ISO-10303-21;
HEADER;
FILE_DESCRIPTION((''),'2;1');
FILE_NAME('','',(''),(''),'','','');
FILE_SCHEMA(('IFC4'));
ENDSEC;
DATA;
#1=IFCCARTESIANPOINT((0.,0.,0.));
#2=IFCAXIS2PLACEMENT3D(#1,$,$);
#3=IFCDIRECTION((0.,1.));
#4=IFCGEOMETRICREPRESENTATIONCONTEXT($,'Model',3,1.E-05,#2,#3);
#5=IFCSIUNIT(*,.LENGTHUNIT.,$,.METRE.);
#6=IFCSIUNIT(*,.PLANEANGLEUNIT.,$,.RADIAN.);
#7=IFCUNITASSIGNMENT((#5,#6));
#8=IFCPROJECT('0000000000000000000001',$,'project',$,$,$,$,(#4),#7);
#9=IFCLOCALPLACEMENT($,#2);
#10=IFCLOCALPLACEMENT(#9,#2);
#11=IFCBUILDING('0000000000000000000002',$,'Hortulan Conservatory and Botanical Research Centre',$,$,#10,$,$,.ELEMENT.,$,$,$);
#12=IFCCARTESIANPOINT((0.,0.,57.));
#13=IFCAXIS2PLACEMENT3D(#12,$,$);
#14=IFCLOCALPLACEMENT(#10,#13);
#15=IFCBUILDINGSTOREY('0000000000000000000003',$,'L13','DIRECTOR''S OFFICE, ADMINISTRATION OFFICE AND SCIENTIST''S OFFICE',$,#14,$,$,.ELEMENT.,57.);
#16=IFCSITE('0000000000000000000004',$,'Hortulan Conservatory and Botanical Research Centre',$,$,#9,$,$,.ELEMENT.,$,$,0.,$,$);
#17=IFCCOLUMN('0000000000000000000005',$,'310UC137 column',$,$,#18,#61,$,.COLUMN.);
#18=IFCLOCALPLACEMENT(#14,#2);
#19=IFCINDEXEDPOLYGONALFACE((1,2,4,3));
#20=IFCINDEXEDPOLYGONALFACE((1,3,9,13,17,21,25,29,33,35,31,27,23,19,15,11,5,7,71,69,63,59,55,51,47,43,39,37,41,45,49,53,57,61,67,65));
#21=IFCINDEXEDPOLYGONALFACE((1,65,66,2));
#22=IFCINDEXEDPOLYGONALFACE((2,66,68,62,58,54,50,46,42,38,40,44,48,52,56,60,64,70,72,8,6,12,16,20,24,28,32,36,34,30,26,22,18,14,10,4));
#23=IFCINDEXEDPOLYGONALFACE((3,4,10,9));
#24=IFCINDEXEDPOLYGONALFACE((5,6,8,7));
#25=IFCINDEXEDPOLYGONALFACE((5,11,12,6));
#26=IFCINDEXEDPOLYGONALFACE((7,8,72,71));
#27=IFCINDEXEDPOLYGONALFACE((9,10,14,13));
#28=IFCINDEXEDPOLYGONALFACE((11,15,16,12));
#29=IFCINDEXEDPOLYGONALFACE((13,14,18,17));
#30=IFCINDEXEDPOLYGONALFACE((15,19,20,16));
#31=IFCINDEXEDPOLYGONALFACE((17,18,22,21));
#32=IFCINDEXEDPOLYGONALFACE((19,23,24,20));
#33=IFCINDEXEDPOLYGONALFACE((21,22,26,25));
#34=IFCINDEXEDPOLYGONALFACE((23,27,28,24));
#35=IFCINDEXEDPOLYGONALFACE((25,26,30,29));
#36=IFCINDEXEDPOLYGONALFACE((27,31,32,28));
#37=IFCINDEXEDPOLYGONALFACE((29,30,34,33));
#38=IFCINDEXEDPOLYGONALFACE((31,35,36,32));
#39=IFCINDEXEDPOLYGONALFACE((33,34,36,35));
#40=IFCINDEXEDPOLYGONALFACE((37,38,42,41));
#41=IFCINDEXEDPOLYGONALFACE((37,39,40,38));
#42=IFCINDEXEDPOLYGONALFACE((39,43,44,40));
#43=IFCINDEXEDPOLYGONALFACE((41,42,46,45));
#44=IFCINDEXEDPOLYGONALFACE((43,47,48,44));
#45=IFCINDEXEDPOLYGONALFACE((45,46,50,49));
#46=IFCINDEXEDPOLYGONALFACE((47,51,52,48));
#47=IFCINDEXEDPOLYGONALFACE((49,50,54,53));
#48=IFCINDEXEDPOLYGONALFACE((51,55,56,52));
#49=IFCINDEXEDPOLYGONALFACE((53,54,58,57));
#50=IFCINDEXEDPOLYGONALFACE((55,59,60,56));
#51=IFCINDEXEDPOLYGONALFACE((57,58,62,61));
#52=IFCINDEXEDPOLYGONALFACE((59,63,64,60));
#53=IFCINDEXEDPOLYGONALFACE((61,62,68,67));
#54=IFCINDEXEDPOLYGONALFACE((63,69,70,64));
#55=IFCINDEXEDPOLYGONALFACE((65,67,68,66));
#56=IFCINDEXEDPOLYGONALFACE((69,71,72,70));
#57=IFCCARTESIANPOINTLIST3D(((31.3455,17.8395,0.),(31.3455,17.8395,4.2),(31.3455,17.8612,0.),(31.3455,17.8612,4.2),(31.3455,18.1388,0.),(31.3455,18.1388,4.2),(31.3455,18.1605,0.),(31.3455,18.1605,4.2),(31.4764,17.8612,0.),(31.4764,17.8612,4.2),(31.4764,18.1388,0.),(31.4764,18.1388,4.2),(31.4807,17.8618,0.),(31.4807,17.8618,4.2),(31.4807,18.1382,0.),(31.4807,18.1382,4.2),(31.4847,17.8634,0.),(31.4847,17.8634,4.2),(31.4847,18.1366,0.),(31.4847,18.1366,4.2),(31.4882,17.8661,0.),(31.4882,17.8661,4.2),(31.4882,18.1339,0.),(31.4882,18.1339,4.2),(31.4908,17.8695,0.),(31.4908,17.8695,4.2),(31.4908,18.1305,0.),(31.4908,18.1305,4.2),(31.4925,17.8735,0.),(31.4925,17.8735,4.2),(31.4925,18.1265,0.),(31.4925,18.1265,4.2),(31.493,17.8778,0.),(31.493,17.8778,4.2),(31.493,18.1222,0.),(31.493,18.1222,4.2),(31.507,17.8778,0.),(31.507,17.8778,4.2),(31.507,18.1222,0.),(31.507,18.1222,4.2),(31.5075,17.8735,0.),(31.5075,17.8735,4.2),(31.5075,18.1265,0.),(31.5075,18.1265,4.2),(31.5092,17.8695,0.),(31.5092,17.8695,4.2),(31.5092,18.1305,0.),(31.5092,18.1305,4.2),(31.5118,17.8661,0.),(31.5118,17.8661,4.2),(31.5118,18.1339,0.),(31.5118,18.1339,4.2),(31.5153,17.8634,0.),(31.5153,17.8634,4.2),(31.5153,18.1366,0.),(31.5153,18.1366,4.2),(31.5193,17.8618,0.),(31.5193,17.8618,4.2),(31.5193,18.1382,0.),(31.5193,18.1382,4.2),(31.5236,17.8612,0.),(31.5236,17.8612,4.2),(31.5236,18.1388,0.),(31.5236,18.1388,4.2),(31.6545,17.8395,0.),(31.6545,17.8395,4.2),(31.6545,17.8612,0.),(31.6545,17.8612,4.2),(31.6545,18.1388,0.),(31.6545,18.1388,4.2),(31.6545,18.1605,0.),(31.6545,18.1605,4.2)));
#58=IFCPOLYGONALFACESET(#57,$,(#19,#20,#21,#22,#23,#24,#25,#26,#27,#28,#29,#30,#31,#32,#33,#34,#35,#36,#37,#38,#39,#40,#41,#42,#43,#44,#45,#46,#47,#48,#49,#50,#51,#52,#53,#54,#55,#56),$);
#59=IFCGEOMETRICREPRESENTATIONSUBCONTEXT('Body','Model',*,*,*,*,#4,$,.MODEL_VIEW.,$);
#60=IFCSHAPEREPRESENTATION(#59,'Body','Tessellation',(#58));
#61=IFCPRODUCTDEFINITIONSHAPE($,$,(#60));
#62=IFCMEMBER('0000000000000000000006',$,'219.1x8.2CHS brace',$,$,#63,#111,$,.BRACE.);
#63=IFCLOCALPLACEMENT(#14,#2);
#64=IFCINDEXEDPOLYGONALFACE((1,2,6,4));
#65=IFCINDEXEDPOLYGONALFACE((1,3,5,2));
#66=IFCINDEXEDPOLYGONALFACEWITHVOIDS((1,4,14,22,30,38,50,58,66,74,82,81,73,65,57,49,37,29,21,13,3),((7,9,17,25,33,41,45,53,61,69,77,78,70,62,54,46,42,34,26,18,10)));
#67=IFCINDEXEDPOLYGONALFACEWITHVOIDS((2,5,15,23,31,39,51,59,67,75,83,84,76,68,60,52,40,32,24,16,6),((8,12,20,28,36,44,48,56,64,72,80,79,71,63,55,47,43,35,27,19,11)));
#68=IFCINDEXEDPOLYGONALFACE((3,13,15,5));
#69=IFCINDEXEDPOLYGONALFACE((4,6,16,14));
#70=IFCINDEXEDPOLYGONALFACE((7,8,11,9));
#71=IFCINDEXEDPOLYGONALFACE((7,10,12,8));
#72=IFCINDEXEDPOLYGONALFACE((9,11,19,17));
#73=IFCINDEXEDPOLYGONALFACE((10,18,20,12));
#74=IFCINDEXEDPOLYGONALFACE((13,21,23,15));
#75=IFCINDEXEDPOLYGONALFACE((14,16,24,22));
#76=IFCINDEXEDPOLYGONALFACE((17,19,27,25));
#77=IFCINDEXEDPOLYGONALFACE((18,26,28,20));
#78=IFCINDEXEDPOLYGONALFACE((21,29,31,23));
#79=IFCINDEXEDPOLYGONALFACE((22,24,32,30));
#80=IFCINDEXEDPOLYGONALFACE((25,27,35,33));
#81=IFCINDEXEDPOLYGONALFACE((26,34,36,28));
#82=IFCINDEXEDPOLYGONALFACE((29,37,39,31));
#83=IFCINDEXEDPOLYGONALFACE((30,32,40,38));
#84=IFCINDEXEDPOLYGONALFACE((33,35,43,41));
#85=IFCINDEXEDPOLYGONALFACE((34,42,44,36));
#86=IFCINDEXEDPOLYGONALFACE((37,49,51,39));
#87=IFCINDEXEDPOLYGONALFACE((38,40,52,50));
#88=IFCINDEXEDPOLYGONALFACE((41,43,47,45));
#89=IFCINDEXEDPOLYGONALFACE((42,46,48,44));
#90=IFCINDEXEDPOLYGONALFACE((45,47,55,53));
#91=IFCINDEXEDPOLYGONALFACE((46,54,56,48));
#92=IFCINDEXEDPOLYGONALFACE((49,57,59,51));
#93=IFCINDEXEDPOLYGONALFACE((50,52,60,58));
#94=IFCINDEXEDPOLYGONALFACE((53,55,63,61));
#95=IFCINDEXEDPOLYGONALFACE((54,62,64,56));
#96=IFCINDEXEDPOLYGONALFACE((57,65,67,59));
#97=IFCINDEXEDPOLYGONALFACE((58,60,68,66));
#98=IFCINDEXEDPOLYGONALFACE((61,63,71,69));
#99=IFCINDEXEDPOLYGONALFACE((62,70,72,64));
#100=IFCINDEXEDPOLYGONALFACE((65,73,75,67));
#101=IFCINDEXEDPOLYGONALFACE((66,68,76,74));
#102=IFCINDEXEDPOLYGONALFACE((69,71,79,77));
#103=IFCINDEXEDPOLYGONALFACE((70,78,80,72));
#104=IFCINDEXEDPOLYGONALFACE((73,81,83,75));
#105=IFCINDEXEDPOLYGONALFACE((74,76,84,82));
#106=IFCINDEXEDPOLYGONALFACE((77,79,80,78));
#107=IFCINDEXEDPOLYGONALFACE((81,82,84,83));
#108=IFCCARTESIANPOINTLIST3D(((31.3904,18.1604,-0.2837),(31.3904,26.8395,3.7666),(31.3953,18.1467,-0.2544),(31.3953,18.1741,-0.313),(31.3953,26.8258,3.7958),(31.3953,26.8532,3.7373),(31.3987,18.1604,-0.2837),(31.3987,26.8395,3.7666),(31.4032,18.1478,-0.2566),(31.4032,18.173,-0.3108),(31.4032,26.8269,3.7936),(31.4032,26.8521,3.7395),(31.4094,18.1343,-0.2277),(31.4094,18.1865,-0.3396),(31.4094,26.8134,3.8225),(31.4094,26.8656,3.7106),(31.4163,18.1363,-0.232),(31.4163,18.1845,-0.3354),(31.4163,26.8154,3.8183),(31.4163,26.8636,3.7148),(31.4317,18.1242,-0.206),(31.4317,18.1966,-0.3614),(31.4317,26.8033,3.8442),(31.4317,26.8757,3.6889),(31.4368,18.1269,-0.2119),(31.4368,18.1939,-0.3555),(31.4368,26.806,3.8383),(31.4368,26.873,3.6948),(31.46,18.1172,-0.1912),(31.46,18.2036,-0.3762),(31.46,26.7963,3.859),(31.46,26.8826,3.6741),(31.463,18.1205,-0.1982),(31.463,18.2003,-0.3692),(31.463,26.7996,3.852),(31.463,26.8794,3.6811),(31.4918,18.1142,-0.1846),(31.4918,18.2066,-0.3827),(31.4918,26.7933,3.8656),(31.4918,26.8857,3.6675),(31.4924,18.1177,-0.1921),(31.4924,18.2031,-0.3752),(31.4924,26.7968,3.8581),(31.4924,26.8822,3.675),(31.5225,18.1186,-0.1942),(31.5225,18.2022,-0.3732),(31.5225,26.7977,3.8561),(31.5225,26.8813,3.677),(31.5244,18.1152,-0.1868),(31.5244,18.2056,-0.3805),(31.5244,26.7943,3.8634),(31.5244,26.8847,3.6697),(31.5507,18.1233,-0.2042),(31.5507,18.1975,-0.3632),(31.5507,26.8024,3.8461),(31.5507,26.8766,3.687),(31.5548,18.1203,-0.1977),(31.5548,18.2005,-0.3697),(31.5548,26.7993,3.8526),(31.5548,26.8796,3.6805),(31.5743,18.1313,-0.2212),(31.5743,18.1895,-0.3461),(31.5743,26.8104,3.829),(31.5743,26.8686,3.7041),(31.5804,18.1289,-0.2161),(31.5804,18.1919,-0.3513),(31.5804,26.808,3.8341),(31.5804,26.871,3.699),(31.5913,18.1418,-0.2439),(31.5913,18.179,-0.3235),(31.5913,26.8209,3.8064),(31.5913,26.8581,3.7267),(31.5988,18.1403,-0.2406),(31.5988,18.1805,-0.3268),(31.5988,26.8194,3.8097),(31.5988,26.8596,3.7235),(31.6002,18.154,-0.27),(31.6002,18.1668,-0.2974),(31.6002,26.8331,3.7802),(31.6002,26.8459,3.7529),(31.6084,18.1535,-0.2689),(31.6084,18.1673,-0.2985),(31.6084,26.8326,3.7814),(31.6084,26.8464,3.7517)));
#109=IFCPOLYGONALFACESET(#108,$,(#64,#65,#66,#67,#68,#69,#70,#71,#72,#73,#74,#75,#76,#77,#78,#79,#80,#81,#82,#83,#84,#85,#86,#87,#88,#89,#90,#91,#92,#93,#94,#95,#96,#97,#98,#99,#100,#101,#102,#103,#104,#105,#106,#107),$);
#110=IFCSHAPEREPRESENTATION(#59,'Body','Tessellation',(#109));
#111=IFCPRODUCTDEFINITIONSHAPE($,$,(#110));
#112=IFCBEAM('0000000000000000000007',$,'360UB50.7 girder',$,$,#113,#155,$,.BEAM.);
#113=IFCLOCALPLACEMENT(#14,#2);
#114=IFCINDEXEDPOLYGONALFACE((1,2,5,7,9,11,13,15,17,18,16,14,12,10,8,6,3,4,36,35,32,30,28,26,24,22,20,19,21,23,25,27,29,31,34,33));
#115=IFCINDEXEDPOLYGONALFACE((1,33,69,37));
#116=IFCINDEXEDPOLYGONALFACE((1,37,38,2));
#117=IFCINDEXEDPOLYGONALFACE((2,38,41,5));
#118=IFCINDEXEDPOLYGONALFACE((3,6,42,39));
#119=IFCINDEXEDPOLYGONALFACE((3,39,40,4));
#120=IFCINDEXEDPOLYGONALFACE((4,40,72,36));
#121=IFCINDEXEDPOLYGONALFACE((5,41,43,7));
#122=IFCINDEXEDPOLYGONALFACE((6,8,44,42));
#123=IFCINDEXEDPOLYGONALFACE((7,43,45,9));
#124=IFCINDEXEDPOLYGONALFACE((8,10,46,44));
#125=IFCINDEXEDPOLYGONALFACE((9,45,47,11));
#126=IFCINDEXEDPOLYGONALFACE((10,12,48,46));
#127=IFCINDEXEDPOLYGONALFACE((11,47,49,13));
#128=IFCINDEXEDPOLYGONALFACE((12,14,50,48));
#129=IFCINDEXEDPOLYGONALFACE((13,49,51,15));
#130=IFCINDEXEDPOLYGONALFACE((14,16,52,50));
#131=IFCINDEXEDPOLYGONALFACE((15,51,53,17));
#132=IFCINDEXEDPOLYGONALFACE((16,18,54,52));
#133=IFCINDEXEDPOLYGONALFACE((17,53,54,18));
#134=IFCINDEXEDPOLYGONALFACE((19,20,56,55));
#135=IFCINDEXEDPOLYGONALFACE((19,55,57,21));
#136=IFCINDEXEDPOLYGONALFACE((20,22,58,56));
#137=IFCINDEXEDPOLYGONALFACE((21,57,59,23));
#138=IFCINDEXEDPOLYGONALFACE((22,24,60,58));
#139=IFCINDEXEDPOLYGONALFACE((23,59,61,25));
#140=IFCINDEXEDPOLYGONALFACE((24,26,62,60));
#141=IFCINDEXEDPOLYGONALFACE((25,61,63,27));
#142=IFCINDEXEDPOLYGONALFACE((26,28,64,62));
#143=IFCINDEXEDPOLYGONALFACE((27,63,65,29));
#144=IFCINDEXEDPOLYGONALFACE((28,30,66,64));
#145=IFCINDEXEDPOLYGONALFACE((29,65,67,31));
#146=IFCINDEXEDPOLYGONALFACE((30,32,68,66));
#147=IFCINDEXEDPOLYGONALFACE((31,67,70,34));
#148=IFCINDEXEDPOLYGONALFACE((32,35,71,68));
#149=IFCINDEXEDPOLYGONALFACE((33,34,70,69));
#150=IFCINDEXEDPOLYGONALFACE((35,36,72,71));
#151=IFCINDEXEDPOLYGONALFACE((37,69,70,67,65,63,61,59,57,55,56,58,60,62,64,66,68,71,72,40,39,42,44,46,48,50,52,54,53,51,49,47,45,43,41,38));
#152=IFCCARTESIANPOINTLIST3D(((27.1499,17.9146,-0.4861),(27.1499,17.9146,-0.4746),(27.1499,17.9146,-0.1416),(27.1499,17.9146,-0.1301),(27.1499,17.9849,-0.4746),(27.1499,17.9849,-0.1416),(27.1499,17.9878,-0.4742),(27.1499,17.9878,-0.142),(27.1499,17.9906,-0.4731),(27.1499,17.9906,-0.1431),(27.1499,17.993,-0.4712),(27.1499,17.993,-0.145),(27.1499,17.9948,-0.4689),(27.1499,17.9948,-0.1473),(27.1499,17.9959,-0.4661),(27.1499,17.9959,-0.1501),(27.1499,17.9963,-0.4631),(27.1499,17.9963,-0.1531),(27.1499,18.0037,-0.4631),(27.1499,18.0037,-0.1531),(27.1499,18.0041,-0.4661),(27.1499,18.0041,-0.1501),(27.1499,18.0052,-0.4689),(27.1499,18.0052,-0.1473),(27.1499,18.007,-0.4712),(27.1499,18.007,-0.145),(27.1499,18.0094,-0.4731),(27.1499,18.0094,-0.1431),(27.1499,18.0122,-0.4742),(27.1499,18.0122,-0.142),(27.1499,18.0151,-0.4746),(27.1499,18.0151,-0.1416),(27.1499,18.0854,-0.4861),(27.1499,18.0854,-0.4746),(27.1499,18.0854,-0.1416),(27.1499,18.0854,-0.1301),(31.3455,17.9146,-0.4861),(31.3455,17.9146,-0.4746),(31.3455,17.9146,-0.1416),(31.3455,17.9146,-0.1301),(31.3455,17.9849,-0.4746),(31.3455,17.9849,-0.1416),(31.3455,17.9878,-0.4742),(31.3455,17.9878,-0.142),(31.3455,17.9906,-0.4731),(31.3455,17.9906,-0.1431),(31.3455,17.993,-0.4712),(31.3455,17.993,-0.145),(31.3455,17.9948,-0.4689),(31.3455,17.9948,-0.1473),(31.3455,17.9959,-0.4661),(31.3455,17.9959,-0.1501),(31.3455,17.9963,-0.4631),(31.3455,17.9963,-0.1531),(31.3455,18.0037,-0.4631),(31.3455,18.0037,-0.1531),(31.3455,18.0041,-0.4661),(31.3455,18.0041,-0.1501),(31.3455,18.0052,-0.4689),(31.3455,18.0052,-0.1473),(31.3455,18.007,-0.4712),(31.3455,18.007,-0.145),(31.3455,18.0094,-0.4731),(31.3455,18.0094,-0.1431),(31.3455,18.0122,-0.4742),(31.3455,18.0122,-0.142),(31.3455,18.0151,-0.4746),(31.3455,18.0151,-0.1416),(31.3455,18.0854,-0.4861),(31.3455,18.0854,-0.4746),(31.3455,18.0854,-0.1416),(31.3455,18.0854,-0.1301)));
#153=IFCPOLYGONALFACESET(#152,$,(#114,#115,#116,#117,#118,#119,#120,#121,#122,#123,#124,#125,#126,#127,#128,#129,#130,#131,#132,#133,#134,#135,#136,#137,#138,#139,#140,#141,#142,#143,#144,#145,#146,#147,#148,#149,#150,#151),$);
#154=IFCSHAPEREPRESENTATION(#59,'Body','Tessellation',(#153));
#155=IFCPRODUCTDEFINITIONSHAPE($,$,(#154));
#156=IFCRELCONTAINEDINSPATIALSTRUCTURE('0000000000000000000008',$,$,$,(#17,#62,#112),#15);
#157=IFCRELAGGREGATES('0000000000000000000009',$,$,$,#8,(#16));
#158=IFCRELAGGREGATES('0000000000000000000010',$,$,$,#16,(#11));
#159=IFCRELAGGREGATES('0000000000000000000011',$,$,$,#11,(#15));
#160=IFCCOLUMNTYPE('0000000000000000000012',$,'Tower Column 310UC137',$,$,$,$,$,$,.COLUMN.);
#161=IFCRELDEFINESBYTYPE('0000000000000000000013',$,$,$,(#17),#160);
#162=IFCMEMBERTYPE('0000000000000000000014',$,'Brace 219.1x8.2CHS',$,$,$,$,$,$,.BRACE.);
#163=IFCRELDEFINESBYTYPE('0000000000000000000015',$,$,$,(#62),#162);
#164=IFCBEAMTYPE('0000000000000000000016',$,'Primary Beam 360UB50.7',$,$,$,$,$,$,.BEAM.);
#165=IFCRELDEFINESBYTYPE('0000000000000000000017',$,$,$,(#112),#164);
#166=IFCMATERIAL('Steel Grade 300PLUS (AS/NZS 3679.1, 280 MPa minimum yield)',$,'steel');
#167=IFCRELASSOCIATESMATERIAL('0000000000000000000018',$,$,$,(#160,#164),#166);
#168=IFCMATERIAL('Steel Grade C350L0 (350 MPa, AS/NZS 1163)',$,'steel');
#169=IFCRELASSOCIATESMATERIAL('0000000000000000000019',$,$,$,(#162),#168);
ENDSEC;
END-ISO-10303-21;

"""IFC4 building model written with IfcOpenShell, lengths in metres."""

from ifc_helpers import new_model, si_unit, direction, frame, origin, origin_2d, place, context, subcontext, project, spatial, hollow_circle, i_section, extrude, material, material_profile, profile_set, type_object, element, save


model = new_model("IFC4")

# Units and contexts
model_context = context("Model", 3, precision=1e-05, world=origin(), true_north=direction((0.0, 1.0)))
body_context = subcontext(model_context, "Body", "Model", "MODEL_VIEW")
ifc_project = project(units=[si_unit("LENGTHUNIT", "METRE"), si_unit("PLANEANGLEUNIT", "RADIAN")], contexts=[model_context])

# Site, building, storey
site_placement = place(None, origin())
site = spatial("IfcSite", under=ifc_project, at=site_placement, Name="Hortulan Conservatory and Botanical Research Centre", CompositionType="ELEMENT", RefElevation=0.0)
building_placement = place(site_placement, origin())
building = spatial("IfcBuilding", under=site, at=building_placement, Name="Hortulan Conservatory and Botanical Research Centre", CompositionType="ELEMENT")
storey_placement = place(building_placement, frame((0.0, 0.0, 57.0)))
storey = spatial("IfcBuildingStorey", under=building, at=storey_placement, Name="L13", Description="DIRECTOR'S OFFICE, ADMINISTRATION OFFICE AND SCIENTIST'S OFFICE", CompositionType="ELEMENT", Elevation=57.0)

# Column
ifc_material_1 = material(Name="Steel Grade 300PLUS (AS/NZS 3679.1, 280 MPa minimum yield)", Category="steel")
ifc_material_profile_1 = material_profile(ifc_material_1, i_section(OverallWidth=0.3091, OverallDepth=0.321, WebThickness=0.0139, FlangeThickness=0.0217, FilletRadius=0.0166, at=origin_2d()), Name="310UC137")
ifc_profile_set_1 = profile_set([ifc_material_profile_1], Name="Steel Grade 300PLUS (AS/NZS 3679.1, 280 MPa minimum yield)")
column_type = type_object("IfcColumnType", Name="Tower Column 310UC137", PredefinedType="COLUMN", material=ifc_profile_set_1)
column_placement = place(storey_placement, frame((31.5, 18.0, 0.0), z_axis=(0.0, 0.0, 1.0), x_axis=(1.0, 0.0, 0.0)))
element("IfcColumn", 1, at=column_placement, inside=storey, type_object=column_type, Name="310UC137 column", PredefinedType="COLUMN", context=body_context, shape_type="SweptSolid", body=[
    extrude(i_section(OverallWidth=0.3091, OverallDepth=0.321, WebThickness=0.0139, FlangeThickness=0.0217, FilletRadius=0.0166, at=origin_2d()), origin(), (0.0, 0.0, 1.0), 4.2),
])

# Member
ifc_material_2 = material(Name="Steel Grade C350L0 (350 MPa, AS/NZS 1163)", Category="steel")
ifc_material_profile_2 = material_profile(ifc_material_2, hollow_circle(Radius=0.1096, WallThickness=0.0083, at=origin_2d()), Name="219.1x8.2CHS")
ifc_profile_set_2 = profile_set([ifc_material_profile_2], Name="Steel Grade C350L0 (350 MPa, AS/NZS 1163)")
member_type = type_object("IfcMemberType", Name="Brace 219.1x8.2CHS", PredefinedType="BRACE", material=ifc_profile_set_2)
member_placement = place(storey_placement, frame((31.5, 18.1604, -0.2837), z_axis=(0.0, 0.906183, 0.422885), x_axis=(-1.0, 0.0, 0.0)))
element("IfcMember", 2, at=member_placement, inside=storey, type_object=member_type, Name="219.1x8.2CHS brace", PredefinedType="BRACE", context=body_context, shape_type="SweptSolid", body=[
    extrude(hollow_circle(Radius=0.1096, WallThickness=0.0083, at=origin_2d()), origin(), (0.0, 0.0, 1.0), 9.5776),
])

# Beam
ifc_material_profile_3 = material_profile(ifc_material_1, i_section(OverallWidth=0.1709, OverallDepth=0.356, WebThickness=0.0073, FlangeThickness=0.0115, FilletRadius=0.0115, at=origin_2d()), Name="360UB50.7")
ifc_profile_set_3 = profile_set([ifc_material_profile_3], Name="Steel Grade 300PLUS (AS/NZS 3679.1, 280 MPa minimum yield)")
beam_type_1 = type_object("IfcBeamType", Name="Primary Beam 360UB50.7", PredefinedType="BEAM", material=ifc_profile_set_3)
beam_1_placement = place(storey_placement, frame((27.1499, 18.0, -0.3081), z_axis=(1.0, 0.0, 0.0), x_axis=(0.0, 1.0, 0.0)))
element("IfcBeam", 3, at=beam_1_placement, inside=storey, type_object=beam_type_1, Name="360UB50.7 girder", PredefinedType="BEAM", context=body_context, shape_type="SweptSolid", body=[
    extrude(i_section(OverallWidth=0.1709, OverallDepth=0.356, WebThickness=0.0073, FlangeThickness=0.0115, FilletRadius=0.0115, at=origin_2d()), origin(), (0.0, 0.0, 1.0), 4.1956),
])

save(model, "model.ifc")
